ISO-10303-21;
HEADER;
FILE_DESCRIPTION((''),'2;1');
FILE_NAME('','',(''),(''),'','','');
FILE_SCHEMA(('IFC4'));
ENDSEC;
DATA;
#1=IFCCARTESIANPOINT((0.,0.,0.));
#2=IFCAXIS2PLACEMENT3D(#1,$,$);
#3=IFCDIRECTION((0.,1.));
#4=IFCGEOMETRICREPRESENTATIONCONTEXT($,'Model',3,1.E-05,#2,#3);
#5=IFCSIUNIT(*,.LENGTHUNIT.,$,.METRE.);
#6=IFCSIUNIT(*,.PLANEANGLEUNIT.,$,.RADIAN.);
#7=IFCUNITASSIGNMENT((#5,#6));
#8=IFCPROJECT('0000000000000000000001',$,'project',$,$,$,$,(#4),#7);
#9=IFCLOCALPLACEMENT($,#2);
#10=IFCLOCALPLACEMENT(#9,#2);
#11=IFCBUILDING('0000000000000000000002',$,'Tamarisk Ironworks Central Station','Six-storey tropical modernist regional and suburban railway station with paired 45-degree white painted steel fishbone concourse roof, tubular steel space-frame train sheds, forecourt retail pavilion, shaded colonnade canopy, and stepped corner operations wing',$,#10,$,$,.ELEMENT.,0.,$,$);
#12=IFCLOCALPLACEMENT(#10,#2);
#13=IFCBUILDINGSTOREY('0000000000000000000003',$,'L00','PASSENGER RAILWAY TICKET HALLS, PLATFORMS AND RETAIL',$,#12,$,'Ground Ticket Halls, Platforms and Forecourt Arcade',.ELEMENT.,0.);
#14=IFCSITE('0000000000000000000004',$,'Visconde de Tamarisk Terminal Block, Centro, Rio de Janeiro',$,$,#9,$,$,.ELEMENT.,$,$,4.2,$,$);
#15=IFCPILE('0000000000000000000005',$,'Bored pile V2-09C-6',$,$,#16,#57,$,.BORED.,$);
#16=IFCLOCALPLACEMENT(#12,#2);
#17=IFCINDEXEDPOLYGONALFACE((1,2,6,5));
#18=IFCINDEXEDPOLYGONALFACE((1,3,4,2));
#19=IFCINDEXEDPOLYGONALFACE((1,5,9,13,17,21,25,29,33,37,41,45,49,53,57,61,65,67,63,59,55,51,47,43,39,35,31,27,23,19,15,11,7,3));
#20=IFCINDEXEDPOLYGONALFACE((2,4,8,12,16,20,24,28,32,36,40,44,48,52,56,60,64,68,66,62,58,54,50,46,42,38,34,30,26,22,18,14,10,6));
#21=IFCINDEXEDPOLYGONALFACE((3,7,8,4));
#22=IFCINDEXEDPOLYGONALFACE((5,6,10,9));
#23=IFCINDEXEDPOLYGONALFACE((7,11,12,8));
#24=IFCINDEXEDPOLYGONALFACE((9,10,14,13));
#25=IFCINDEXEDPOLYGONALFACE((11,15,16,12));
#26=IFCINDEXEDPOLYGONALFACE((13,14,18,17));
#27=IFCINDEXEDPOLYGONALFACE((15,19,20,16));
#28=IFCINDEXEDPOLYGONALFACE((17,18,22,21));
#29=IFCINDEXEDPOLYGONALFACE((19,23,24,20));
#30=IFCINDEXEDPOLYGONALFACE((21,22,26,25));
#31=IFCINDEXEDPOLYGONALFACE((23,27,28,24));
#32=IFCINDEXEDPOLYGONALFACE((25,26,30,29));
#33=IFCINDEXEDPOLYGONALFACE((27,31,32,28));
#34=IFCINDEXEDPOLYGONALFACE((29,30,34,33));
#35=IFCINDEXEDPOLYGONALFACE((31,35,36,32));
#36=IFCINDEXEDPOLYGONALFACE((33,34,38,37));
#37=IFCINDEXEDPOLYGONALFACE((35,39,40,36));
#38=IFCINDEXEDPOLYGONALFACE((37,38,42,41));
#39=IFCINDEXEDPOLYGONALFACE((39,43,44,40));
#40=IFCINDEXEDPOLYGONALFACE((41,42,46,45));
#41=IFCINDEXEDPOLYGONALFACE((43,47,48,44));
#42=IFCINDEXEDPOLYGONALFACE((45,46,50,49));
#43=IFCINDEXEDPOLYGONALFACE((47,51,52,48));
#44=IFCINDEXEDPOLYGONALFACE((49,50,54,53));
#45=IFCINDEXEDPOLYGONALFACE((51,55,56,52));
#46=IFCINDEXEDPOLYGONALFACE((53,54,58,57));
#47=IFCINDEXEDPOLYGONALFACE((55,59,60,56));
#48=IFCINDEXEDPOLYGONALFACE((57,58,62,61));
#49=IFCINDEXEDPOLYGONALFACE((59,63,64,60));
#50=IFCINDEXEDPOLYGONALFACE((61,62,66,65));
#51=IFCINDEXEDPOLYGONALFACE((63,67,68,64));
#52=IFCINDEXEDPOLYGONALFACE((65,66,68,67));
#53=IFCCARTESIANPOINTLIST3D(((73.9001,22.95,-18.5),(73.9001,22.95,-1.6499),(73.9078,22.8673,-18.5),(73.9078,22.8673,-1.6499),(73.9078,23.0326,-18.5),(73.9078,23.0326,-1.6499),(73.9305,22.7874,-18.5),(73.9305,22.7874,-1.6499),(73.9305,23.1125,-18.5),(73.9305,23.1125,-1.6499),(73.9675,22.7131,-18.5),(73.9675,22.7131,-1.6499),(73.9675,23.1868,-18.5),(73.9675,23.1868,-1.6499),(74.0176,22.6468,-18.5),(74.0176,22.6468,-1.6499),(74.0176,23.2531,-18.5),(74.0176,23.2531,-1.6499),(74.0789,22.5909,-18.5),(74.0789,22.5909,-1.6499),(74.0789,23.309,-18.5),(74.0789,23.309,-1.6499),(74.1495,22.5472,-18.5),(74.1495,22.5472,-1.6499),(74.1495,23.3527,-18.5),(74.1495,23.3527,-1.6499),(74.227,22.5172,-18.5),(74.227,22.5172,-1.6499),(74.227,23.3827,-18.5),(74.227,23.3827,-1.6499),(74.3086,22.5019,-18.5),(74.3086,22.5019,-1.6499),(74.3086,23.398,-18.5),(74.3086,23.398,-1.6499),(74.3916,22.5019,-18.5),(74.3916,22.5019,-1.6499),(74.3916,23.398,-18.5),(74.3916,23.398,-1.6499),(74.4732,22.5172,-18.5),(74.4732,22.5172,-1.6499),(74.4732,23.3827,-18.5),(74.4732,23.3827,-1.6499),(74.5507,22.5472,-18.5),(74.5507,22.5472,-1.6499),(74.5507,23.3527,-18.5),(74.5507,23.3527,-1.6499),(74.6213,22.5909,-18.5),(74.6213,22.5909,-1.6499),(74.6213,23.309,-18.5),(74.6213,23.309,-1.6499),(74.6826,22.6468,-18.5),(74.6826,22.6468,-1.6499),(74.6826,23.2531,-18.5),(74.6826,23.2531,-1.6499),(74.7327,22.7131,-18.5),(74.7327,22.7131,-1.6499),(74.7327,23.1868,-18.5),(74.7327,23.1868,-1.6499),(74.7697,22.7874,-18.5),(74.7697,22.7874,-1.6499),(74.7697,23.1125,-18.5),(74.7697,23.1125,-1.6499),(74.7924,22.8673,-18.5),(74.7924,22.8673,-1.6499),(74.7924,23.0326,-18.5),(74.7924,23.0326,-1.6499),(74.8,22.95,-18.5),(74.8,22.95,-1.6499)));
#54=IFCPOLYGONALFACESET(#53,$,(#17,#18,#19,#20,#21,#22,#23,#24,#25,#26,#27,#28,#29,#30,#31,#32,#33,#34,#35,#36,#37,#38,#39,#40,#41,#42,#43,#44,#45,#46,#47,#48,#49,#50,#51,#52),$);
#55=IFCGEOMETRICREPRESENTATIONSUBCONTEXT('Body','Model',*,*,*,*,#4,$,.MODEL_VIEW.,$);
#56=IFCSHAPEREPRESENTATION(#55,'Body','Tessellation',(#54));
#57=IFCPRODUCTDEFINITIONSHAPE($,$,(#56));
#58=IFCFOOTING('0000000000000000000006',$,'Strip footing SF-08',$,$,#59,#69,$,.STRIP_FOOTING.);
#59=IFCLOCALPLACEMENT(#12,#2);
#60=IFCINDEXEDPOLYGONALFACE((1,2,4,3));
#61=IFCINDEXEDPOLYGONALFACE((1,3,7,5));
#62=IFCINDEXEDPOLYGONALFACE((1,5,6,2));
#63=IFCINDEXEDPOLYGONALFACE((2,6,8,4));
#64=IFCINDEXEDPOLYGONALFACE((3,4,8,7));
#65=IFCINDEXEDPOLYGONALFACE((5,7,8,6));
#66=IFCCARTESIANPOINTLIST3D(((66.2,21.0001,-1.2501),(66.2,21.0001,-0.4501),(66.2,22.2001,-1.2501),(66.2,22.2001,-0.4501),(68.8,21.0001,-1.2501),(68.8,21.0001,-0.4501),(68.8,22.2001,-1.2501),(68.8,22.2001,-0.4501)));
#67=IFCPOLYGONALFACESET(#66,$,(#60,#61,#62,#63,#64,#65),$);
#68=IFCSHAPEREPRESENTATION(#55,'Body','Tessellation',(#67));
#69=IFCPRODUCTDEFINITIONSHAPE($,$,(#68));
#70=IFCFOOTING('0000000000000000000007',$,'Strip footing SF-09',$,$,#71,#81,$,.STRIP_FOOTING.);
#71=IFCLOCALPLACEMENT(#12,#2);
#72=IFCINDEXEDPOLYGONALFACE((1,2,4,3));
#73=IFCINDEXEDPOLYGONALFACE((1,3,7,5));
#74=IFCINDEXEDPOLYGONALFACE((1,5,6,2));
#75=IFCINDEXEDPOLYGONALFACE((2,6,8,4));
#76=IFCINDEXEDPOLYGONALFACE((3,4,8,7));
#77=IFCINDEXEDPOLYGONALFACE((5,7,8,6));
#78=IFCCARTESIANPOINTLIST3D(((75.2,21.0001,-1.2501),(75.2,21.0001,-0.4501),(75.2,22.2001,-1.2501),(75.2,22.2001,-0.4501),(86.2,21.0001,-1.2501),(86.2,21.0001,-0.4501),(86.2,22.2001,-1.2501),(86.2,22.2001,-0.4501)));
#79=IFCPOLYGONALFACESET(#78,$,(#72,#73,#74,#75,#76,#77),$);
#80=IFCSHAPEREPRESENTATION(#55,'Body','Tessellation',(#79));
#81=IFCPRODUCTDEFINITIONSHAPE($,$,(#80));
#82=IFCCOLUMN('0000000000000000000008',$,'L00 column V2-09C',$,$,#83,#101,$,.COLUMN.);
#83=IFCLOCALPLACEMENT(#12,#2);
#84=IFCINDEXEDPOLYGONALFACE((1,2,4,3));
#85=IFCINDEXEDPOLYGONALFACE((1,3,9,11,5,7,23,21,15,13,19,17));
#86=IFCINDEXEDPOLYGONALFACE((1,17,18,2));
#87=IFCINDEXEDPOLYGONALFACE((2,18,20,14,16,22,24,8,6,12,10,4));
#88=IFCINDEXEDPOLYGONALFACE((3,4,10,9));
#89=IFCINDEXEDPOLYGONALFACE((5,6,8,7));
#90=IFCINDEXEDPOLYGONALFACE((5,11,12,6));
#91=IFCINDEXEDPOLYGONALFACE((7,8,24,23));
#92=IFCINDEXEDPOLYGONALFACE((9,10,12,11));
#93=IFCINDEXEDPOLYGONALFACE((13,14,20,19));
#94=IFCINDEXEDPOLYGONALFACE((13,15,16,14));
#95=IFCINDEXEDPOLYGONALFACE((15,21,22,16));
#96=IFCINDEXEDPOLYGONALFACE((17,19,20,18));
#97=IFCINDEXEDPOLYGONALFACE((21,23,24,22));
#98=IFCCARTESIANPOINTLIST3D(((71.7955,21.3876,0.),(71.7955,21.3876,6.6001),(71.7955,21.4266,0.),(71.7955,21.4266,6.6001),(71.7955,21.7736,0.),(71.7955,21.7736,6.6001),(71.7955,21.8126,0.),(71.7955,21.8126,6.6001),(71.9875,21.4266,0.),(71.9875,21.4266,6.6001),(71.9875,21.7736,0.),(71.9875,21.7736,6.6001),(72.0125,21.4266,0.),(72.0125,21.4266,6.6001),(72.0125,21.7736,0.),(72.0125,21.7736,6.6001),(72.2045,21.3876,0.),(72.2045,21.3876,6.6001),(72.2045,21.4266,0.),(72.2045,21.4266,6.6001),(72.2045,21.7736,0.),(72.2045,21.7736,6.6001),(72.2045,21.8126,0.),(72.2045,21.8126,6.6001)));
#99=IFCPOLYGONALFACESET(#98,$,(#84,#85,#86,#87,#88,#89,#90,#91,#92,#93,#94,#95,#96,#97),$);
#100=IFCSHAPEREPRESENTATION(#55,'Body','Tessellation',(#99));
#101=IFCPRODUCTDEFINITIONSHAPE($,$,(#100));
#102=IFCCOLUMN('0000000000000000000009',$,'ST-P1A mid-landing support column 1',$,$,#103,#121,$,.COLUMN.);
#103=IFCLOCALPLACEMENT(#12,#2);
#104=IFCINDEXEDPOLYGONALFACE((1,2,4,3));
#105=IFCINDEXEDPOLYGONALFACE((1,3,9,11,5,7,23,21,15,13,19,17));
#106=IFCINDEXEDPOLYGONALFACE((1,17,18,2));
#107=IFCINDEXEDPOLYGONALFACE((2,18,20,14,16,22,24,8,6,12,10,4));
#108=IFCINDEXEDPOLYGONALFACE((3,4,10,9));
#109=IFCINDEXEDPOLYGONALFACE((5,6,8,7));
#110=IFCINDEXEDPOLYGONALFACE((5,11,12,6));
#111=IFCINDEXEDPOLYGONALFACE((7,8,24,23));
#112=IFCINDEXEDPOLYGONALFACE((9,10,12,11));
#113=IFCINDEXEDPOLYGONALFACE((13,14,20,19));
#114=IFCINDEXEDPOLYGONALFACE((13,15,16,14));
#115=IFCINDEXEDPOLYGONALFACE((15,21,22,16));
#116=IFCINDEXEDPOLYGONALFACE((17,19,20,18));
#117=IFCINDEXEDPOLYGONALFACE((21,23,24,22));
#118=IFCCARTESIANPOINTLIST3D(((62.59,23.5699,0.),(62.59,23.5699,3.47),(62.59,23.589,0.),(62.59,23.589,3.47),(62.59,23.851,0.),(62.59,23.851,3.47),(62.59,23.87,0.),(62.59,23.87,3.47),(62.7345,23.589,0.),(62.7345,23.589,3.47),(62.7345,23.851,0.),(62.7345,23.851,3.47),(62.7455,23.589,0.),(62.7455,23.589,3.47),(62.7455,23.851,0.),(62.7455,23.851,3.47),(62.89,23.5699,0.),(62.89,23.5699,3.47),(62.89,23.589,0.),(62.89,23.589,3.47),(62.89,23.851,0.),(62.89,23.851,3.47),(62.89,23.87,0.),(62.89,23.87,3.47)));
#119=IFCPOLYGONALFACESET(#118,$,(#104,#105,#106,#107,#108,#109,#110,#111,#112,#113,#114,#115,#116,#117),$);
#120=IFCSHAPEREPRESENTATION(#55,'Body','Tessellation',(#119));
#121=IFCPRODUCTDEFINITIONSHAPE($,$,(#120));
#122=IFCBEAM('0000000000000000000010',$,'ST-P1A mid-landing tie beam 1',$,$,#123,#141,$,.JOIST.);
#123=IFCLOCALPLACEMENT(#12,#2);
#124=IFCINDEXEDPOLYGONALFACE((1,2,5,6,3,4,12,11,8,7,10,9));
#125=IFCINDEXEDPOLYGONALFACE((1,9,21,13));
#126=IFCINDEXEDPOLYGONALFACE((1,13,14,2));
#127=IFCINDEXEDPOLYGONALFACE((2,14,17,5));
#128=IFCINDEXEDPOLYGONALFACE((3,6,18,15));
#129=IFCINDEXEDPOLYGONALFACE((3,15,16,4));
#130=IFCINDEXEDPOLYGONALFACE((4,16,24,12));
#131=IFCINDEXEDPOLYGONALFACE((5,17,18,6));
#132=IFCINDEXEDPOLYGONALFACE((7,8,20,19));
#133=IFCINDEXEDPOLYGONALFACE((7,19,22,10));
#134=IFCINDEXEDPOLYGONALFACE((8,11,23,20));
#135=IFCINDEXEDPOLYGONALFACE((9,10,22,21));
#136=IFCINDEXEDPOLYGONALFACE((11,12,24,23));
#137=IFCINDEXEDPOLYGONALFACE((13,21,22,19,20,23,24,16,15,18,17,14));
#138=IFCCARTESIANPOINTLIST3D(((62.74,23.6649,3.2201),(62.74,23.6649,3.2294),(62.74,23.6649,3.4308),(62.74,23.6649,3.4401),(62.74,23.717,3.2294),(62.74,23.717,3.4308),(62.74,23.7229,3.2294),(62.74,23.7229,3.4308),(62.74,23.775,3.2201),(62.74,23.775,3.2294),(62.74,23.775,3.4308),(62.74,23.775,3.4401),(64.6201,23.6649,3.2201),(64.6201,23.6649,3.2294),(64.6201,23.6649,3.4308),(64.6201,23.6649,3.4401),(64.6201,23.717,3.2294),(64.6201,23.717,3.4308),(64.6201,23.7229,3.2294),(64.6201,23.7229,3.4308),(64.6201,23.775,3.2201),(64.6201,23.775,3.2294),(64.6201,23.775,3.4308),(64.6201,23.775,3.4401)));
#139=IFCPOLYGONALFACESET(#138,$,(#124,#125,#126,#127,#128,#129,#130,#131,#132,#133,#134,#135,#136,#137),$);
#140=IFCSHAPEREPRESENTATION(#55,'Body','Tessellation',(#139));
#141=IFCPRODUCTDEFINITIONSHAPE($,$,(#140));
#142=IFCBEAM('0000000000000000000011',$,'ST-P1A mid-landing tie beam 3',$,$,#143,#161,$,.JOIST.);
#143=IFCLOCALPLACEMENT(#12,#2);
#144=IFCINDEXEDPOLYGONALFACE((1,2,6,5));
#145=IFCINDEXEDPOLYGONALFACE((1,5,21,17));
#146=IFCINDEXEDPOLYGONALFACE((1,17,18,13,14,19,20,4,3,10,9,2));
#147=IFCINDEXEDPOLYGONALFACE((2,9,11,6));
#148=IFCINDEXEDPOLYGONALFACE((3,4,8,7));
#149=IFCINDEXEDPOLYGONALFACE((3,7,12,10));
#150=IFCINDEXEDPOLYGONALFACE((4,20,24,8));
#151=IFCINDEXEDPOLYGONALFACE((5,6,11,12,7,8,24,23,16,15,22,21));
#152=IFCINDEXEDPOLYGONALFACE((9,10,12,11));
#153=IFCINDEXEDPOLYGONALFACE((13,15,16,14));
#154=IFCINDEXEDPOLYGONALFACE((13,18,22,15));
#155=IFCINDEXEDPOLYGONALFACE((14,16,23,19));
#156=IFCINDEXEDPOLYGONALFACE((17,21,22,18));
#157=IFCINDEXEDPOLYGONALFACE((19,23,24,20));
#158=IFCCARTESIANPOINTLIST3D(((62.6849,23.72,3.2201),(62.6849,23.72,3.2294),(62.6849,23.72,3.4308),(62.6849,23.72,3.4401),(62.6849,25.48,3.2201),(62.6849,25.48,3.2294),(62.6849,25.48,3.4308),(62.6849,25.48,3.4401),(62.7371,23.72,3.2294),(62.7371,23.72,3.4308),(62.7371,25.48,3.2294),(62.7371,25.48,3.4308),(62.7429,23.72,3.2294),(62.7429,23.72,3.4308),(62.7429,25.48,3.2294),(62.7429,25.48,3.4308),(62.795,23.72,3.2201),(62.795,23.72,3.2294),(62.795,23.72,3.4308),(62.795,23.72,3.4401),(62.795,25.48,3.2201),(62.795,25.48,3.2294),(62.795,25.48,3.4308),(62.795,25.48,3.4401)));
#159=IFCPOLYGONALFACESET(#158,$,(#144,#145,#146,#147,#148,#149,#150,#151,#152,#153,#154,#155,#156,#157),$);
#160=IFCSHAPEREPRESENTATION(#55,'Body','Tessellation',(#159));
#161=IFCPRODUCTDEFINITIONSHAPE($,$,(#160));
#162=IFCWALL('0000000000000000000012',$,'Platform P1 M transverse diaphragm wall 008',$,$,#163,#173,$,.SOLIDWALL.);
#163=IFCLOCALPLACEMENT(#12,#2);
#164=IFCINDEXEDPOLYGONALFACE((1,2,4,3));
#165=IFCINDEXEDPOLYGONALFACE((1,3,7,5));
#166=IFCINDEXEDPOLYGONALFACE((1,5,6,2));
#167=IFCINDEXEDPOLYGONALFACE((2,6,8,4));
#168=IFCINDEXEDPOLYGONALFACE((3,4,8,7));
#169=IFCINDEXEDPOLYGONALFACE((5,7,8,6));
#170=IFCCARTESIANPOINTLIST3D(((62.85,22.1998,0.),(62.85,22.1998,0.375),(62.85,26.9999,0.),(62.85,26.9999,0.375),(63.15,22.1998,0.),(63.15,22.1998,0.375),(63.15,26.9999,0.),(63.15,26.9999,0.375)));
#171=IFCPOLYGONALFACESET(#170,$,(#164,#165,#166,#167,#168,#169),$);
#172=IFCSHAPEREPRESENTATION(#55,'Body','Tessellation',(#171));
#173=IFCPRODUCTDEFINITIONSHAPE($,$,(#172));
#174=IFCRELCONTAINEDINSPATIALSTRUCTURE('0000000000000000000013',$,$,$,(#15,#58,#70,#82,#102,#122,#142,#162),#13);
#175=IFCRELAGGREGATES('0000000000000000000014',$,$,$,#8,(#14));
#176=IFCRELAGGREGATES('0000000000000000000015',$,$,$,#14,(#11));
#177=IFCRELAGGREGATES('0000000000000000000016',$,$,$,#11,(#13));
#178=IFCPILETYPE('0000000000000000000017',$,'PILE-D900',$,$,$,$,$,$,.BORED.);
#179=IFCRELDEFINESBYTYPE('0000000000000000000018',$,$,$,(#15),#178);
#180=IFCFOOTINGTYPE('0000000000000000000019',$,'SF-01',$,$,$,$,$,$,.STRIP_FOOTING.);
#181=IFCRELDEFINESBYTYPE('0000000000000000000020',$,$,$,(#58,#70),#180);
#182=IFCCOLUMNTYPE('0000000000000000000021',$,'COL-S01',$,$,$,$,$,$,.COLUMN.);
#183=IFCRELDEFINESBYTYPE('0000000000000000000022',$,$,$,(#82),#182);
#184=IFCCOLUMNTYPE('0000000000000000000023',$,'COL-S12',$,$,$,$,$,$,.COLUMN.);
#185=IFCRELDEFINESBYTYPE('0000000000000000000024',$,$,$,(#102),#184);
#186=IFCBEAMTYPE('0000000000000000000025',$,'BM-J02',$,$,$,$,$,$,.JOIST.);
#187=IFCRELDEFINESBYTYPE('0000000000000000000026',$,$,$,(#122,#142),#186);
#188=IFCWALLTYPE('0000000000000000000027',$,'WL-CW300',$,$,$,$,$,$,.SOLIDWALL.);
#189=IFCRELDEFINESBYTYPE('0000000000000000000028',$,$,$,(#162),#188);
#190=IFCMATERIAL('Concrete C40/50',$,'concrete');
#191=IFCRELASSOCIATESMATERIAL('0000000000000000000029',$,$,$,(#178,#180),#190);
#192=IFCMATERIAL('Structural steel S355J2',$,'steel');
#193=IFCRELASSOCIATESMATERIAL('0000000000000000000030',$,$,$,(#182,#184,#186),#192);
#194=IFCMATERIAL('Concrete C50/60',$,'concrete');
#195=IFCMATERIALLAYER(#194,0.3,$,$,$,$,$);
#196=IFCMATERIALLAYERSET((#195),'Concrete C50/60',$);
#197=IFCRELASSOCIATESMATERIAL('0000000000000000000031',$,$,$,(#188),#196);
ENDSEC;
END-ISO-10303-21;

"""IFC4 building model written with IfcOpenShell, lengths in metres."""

from ifc_helpers import new_model, si_unit, direction, frame, frame_2d, origin, origin_2d, place, context, subcontext, project, spatial, rectangle, circle, i_section, extrude, material, layer, layer_set, material_profile, profile_set, type_object, element, save


model = new_model("IFC4")

# Units and contexts
model_context = context("Model", 3, precision=1e-05, world=origin(), true_north=direction((0.0, 1.0)))
body_context = subcontext(model_context, "Body", "Model", "MODEL_VIEW")
ifc_project = project(units=[si_unit("LENGTHUNIT", "METRE"), si_unit("PLANEANGLEUNIT", "RADIAN")], contexts=[model_context])

# Site, building, storey
site_placement = place(None, origin())
site = spatial("IfcSite", under=ifc_project, at=site_placement, Name="Visconde de Tamarisk Terminal Block, Centro, Rio de Janeiro", CompositionType="ELEMENT", RefElevation=4.2)
building_placement = place(site_placement, origin())
building = spatial("IfcBuilding", under=site, at=building_placement, Name="Tamarisk Ironworks Central Station", Description="Six-storey tropical modernist regional and suburban railway station with paired 45-degree white painted steel fishbone concourse roof, tubular steel space-frame train sheds, forecourt retail pavilion, shaded colonnade canopy, and stepped corner operations wing", CompositionType="ELEMENT", ElevationOfRefHeight=0.0)
storey_placement = place(building_placement, origin())
storey = spatial("IfcBuildingStorey", under=building, at=storey_placement, Name="L00", Description="PASSENGER RAILWAY TICKET HALLS, PLATFORMS AND RETAIL", LongName="Ground Ticket Halls, Platforms and Forecourt Arcade", CompositionType="ELEMENT", Elevation=0.0)

# Shared definitions
ifc_material_1 = material(Name="Concrete C40/50", Category="concrete")

# Pile
ifc_material_profile_1 = material_profile(ifc_material_1, circle(Radius=0.45, at=origin_2d()), Name="BORED PILE D900")
ifc_profile_set_1 = profile_set([ifc_material_profile_1], Name="Concrete C40/50")
pile_type_1 = type_object("IfcPileType", Name="PILE-D900", PredefinedType="BORED", material=ifc_profile_set_1)
for number, where, z_axis, x_axis, name in (
    (1, (74.3501, 22.95, -1.6499), (0.0, 0.0, -1.0), (1.0, 0.0, 0.0), "Bored pile V2-09C-6"),
):
    element("IfcPile", number, at=place(storey_placement, frame(where, z_axis=z_axis, x_axis=x_axis)), inside=storey, type_object=pile_type_1, Name=name, PredefinedType="BORED", context=body_context, shape_type="SweptSolid", body=[
        extrude(circle(Radius=0.45, at=origin_2d()), origin(), (0.0, 0.0, 1.0), 16.8501),
    ])

# Footings
ifc_material_profile_2 = material_profile(ifc_material_1, rectangle(XDim=1.2, YDim=0.8, at=origin_2d()), Name="SF01 1200x800")
ifc_profile_set_2 = profile_set([ifc_material_profile_2], Name="Concrete C40/50")
footing_type_1 = type_object("IfcFootingType", Name="SF-01", PredefinedType="STRIP_FOOTING", material=ifc_profile_set_2)
footing_1_placement = place(storey_placement, frame((66.2, 21.6001, -0.8501), z_axis=(1.0, 0.0, 0.0), x_axis=(0.0, 1.0, 0.0)))
element("IfcFooting", 2, at=footing_1_placement, inside=storey, type_object=footing_type_1, Name="Strip footing SF-08", PredefinedType="STRIP_FOOTING", context=body_context, shape_type="SweptSolid", body=[
    extrude(rectangle(XDim=1.2, YDim=0.8, at=origin_2d()), origin(), (0.0, 0.0, 1.0), 2.6001),
])
footing_2_placement = place(storey_placement, frame((75.2, 21.6001, -0.8501), z_axis=(1.0, 0.0, 0.0), x_axis=(0.0, 1.0, 0.0)))
element("IfcFooting", 3, at=footing_2_placement, inside=storey, type_object=footing_type_1, Name="Strip footing SF-09", PredefinedType="STRIP_FOOTING", context=body_context, shape_type="SweptSolid", body=[
    extrude(rectangle(XDim=1.2, YDim=0.8, at=origin_2d()), origin(), (0.0, 0.0, 1.0), 11.0),
])

# Columns
ifc_material_2 = material(Name="Structural steel S355J2", Category="steel")
ifc_material_profile_3 = material_profile(ifc_material_2, i_section(OverallWidth=0.4089, OverallDepth=0.425, WebThickness=0.0249, FlangeThickness=0.0391, at=origin_2d()), Name="HD 400x421")
ifc_profile_set_3 = profile_set([ifc_material_profile_3], Name="Structural steel S355J2")
column_type_1 = type_object("IfcColumnType", Name="COL-S01", PredefinedType="COLUMN", material=ifc_profile_set_3)
column_1_placement = place(storey_placement, frame((72.0, 21.6001, 0.0), z_axis=(0.0, 0.0, 1.0), x_axis=(1.0, 0.0, 0.0)))
element("IfcColumn", 4, at=column_1_placement, inside=storey, type_object=column_type_1, Name="L00 column V2-09C", PredefinedType="COLUMN", context=body_context, shape_type="SweptSolid", body=[
    extrude(i_section(OverallWidth=0.4089, OverallDepth=0.425, WebThickness=0.0249, FlangeThickness=0.0391, at=origin_2d()), origin(), (0.0, 0.0, 1.0), 6.6001),
])
ifc_material_profile_4 = material_profile(ifc_material_2, i_section(OverallWidth=0.3, OverallDepth=0.3, WebThickness=0.011, FlangeThickness=0.019, at=origin_2d()), Name="HEB 300")
ifc_profile_set_4 = profile_set([ifc_material_profile_4], Name="Structural steel S355J2")
column_type_2 = type_object("IfcColumnType", Name="COL-S12", PredefinedType="COLUMN", material=ifc_profile_set_4)
column_2_placement = place(storey_placement, frame((62.74, 23.72, 0.0), z_axis=(0.0, 0.0, 1.0), x_axis=(1.0, 0.0, 0.0)))
element("IfcColumn", 5, at=column_2_placement, inside=storey, type_object=column_type_2, Name="ST-P1A mid-landing support column 1", PredefinedType="COLUMN", context=body_context, shape_type="SweptSolid", body=[
    extrude(i_section(OverallWidth=0.3, OverallDepth=0.3, WebThickness=0.011, FlangeThickness=0.019, at=origin_2d()), origin(), (0.0, 0.0, 1.0), 3.47),
])

# Beams
ifc_material_profile_5 = material_profile(ifc_material_2, i_section(OverallWidth=0.1101, OverallDepth=0.22, WebThickness=0.0059, FlangeThickness=0.0093, at=origin_2d()), Name="IPE 220")
ifc_profile_set_5 = profile_set([ifc_material_profile_5], Name="Structural steel S355J2")
beam_type = type_object("IfcBeamType", Name="BM-J02", PredefinedType="JOIST", material=ifc_profile_set_5)
beam_1_placement = place(storey_placement, frame((62.74, 23.72, 3.3301), z_axis=(1.0, 0.0, 0.0), x_axis=(0.0, 1.0, 0.0)))
element("IfcBeam", 6, at=beam_1_placement, inside=storey, type_object=beam_type, Name="ST-P1A mid-landing tie beam 1", PredefinedType="JOIST", context=body_context, shape_type="SweptSolid", body=[
    extrude(i_section(OverallWidth=0.1101, OverallDepth=0.22, WebThickness=0.0059, FlangeThickness=0.0093, at=origin_2d()), origin(), (0.0, 0.0, 1.0), 1.8801),
])
beam_2_placement = place(storey_placement, frame((62.74, 23.72, 3.3301), z_axis=(0.0, 1.0, 0.0), x_axis=(-1.0, 0.0, 0.0)))
element("IfcBeam", 7, at=beam_2_placement, inside=storey, type_object=beam_type, Name="ST-P1A mid-landing tie beam 3", PredefinedType="JOIST", context=body_context, shape_type="SweptSolid", body=[
    extrude(i_section(OverallWidth=0.1101, OverallDepth=0.22, WebThickness=0.0059, FlangeThickness=0.0093, at=origin_2d()), origin(), (0.0, 0.0, 1.0), 1.76),
])

# Wall
ifc_material_3 = material(Name="Concrete C50/60", Category="concrete")
ifc_layer_1 = layer(ifc_material_3, 0.3)
ifc_layer_set_1 = layer_set([ifc_layer_1], Name="Concrete C50/60")
wall_type_1 = type_object("IfcWallType", Name="WL-CW300", PredefinedType="SOLIDWALL", material=ifc_layer_set_1)
wall_1_placement = place(storey_placement, frame((63.0, 22.2, 0.0), z_axis=(0.0, 0.0, 1.0), x_axis=(0.0, 1.0, 0.0)))
element("IfcWall", 8, at=wall_1_placement, inside=storey, type_object=wall_type_1, Name="Platform P1 M transverse diaphragm wall 008", PredefinedType="SOLIDWALL", context=body_context, shape_type="SweptSolid", body=[
    extrude(rectangle(XDim=4.8, YDim=0.3, at=frame_2d((2.3999, 0.0))), origin(), (0.0, 0.0, 1.0), 0.375),
])

save(model, "model.ifc")
